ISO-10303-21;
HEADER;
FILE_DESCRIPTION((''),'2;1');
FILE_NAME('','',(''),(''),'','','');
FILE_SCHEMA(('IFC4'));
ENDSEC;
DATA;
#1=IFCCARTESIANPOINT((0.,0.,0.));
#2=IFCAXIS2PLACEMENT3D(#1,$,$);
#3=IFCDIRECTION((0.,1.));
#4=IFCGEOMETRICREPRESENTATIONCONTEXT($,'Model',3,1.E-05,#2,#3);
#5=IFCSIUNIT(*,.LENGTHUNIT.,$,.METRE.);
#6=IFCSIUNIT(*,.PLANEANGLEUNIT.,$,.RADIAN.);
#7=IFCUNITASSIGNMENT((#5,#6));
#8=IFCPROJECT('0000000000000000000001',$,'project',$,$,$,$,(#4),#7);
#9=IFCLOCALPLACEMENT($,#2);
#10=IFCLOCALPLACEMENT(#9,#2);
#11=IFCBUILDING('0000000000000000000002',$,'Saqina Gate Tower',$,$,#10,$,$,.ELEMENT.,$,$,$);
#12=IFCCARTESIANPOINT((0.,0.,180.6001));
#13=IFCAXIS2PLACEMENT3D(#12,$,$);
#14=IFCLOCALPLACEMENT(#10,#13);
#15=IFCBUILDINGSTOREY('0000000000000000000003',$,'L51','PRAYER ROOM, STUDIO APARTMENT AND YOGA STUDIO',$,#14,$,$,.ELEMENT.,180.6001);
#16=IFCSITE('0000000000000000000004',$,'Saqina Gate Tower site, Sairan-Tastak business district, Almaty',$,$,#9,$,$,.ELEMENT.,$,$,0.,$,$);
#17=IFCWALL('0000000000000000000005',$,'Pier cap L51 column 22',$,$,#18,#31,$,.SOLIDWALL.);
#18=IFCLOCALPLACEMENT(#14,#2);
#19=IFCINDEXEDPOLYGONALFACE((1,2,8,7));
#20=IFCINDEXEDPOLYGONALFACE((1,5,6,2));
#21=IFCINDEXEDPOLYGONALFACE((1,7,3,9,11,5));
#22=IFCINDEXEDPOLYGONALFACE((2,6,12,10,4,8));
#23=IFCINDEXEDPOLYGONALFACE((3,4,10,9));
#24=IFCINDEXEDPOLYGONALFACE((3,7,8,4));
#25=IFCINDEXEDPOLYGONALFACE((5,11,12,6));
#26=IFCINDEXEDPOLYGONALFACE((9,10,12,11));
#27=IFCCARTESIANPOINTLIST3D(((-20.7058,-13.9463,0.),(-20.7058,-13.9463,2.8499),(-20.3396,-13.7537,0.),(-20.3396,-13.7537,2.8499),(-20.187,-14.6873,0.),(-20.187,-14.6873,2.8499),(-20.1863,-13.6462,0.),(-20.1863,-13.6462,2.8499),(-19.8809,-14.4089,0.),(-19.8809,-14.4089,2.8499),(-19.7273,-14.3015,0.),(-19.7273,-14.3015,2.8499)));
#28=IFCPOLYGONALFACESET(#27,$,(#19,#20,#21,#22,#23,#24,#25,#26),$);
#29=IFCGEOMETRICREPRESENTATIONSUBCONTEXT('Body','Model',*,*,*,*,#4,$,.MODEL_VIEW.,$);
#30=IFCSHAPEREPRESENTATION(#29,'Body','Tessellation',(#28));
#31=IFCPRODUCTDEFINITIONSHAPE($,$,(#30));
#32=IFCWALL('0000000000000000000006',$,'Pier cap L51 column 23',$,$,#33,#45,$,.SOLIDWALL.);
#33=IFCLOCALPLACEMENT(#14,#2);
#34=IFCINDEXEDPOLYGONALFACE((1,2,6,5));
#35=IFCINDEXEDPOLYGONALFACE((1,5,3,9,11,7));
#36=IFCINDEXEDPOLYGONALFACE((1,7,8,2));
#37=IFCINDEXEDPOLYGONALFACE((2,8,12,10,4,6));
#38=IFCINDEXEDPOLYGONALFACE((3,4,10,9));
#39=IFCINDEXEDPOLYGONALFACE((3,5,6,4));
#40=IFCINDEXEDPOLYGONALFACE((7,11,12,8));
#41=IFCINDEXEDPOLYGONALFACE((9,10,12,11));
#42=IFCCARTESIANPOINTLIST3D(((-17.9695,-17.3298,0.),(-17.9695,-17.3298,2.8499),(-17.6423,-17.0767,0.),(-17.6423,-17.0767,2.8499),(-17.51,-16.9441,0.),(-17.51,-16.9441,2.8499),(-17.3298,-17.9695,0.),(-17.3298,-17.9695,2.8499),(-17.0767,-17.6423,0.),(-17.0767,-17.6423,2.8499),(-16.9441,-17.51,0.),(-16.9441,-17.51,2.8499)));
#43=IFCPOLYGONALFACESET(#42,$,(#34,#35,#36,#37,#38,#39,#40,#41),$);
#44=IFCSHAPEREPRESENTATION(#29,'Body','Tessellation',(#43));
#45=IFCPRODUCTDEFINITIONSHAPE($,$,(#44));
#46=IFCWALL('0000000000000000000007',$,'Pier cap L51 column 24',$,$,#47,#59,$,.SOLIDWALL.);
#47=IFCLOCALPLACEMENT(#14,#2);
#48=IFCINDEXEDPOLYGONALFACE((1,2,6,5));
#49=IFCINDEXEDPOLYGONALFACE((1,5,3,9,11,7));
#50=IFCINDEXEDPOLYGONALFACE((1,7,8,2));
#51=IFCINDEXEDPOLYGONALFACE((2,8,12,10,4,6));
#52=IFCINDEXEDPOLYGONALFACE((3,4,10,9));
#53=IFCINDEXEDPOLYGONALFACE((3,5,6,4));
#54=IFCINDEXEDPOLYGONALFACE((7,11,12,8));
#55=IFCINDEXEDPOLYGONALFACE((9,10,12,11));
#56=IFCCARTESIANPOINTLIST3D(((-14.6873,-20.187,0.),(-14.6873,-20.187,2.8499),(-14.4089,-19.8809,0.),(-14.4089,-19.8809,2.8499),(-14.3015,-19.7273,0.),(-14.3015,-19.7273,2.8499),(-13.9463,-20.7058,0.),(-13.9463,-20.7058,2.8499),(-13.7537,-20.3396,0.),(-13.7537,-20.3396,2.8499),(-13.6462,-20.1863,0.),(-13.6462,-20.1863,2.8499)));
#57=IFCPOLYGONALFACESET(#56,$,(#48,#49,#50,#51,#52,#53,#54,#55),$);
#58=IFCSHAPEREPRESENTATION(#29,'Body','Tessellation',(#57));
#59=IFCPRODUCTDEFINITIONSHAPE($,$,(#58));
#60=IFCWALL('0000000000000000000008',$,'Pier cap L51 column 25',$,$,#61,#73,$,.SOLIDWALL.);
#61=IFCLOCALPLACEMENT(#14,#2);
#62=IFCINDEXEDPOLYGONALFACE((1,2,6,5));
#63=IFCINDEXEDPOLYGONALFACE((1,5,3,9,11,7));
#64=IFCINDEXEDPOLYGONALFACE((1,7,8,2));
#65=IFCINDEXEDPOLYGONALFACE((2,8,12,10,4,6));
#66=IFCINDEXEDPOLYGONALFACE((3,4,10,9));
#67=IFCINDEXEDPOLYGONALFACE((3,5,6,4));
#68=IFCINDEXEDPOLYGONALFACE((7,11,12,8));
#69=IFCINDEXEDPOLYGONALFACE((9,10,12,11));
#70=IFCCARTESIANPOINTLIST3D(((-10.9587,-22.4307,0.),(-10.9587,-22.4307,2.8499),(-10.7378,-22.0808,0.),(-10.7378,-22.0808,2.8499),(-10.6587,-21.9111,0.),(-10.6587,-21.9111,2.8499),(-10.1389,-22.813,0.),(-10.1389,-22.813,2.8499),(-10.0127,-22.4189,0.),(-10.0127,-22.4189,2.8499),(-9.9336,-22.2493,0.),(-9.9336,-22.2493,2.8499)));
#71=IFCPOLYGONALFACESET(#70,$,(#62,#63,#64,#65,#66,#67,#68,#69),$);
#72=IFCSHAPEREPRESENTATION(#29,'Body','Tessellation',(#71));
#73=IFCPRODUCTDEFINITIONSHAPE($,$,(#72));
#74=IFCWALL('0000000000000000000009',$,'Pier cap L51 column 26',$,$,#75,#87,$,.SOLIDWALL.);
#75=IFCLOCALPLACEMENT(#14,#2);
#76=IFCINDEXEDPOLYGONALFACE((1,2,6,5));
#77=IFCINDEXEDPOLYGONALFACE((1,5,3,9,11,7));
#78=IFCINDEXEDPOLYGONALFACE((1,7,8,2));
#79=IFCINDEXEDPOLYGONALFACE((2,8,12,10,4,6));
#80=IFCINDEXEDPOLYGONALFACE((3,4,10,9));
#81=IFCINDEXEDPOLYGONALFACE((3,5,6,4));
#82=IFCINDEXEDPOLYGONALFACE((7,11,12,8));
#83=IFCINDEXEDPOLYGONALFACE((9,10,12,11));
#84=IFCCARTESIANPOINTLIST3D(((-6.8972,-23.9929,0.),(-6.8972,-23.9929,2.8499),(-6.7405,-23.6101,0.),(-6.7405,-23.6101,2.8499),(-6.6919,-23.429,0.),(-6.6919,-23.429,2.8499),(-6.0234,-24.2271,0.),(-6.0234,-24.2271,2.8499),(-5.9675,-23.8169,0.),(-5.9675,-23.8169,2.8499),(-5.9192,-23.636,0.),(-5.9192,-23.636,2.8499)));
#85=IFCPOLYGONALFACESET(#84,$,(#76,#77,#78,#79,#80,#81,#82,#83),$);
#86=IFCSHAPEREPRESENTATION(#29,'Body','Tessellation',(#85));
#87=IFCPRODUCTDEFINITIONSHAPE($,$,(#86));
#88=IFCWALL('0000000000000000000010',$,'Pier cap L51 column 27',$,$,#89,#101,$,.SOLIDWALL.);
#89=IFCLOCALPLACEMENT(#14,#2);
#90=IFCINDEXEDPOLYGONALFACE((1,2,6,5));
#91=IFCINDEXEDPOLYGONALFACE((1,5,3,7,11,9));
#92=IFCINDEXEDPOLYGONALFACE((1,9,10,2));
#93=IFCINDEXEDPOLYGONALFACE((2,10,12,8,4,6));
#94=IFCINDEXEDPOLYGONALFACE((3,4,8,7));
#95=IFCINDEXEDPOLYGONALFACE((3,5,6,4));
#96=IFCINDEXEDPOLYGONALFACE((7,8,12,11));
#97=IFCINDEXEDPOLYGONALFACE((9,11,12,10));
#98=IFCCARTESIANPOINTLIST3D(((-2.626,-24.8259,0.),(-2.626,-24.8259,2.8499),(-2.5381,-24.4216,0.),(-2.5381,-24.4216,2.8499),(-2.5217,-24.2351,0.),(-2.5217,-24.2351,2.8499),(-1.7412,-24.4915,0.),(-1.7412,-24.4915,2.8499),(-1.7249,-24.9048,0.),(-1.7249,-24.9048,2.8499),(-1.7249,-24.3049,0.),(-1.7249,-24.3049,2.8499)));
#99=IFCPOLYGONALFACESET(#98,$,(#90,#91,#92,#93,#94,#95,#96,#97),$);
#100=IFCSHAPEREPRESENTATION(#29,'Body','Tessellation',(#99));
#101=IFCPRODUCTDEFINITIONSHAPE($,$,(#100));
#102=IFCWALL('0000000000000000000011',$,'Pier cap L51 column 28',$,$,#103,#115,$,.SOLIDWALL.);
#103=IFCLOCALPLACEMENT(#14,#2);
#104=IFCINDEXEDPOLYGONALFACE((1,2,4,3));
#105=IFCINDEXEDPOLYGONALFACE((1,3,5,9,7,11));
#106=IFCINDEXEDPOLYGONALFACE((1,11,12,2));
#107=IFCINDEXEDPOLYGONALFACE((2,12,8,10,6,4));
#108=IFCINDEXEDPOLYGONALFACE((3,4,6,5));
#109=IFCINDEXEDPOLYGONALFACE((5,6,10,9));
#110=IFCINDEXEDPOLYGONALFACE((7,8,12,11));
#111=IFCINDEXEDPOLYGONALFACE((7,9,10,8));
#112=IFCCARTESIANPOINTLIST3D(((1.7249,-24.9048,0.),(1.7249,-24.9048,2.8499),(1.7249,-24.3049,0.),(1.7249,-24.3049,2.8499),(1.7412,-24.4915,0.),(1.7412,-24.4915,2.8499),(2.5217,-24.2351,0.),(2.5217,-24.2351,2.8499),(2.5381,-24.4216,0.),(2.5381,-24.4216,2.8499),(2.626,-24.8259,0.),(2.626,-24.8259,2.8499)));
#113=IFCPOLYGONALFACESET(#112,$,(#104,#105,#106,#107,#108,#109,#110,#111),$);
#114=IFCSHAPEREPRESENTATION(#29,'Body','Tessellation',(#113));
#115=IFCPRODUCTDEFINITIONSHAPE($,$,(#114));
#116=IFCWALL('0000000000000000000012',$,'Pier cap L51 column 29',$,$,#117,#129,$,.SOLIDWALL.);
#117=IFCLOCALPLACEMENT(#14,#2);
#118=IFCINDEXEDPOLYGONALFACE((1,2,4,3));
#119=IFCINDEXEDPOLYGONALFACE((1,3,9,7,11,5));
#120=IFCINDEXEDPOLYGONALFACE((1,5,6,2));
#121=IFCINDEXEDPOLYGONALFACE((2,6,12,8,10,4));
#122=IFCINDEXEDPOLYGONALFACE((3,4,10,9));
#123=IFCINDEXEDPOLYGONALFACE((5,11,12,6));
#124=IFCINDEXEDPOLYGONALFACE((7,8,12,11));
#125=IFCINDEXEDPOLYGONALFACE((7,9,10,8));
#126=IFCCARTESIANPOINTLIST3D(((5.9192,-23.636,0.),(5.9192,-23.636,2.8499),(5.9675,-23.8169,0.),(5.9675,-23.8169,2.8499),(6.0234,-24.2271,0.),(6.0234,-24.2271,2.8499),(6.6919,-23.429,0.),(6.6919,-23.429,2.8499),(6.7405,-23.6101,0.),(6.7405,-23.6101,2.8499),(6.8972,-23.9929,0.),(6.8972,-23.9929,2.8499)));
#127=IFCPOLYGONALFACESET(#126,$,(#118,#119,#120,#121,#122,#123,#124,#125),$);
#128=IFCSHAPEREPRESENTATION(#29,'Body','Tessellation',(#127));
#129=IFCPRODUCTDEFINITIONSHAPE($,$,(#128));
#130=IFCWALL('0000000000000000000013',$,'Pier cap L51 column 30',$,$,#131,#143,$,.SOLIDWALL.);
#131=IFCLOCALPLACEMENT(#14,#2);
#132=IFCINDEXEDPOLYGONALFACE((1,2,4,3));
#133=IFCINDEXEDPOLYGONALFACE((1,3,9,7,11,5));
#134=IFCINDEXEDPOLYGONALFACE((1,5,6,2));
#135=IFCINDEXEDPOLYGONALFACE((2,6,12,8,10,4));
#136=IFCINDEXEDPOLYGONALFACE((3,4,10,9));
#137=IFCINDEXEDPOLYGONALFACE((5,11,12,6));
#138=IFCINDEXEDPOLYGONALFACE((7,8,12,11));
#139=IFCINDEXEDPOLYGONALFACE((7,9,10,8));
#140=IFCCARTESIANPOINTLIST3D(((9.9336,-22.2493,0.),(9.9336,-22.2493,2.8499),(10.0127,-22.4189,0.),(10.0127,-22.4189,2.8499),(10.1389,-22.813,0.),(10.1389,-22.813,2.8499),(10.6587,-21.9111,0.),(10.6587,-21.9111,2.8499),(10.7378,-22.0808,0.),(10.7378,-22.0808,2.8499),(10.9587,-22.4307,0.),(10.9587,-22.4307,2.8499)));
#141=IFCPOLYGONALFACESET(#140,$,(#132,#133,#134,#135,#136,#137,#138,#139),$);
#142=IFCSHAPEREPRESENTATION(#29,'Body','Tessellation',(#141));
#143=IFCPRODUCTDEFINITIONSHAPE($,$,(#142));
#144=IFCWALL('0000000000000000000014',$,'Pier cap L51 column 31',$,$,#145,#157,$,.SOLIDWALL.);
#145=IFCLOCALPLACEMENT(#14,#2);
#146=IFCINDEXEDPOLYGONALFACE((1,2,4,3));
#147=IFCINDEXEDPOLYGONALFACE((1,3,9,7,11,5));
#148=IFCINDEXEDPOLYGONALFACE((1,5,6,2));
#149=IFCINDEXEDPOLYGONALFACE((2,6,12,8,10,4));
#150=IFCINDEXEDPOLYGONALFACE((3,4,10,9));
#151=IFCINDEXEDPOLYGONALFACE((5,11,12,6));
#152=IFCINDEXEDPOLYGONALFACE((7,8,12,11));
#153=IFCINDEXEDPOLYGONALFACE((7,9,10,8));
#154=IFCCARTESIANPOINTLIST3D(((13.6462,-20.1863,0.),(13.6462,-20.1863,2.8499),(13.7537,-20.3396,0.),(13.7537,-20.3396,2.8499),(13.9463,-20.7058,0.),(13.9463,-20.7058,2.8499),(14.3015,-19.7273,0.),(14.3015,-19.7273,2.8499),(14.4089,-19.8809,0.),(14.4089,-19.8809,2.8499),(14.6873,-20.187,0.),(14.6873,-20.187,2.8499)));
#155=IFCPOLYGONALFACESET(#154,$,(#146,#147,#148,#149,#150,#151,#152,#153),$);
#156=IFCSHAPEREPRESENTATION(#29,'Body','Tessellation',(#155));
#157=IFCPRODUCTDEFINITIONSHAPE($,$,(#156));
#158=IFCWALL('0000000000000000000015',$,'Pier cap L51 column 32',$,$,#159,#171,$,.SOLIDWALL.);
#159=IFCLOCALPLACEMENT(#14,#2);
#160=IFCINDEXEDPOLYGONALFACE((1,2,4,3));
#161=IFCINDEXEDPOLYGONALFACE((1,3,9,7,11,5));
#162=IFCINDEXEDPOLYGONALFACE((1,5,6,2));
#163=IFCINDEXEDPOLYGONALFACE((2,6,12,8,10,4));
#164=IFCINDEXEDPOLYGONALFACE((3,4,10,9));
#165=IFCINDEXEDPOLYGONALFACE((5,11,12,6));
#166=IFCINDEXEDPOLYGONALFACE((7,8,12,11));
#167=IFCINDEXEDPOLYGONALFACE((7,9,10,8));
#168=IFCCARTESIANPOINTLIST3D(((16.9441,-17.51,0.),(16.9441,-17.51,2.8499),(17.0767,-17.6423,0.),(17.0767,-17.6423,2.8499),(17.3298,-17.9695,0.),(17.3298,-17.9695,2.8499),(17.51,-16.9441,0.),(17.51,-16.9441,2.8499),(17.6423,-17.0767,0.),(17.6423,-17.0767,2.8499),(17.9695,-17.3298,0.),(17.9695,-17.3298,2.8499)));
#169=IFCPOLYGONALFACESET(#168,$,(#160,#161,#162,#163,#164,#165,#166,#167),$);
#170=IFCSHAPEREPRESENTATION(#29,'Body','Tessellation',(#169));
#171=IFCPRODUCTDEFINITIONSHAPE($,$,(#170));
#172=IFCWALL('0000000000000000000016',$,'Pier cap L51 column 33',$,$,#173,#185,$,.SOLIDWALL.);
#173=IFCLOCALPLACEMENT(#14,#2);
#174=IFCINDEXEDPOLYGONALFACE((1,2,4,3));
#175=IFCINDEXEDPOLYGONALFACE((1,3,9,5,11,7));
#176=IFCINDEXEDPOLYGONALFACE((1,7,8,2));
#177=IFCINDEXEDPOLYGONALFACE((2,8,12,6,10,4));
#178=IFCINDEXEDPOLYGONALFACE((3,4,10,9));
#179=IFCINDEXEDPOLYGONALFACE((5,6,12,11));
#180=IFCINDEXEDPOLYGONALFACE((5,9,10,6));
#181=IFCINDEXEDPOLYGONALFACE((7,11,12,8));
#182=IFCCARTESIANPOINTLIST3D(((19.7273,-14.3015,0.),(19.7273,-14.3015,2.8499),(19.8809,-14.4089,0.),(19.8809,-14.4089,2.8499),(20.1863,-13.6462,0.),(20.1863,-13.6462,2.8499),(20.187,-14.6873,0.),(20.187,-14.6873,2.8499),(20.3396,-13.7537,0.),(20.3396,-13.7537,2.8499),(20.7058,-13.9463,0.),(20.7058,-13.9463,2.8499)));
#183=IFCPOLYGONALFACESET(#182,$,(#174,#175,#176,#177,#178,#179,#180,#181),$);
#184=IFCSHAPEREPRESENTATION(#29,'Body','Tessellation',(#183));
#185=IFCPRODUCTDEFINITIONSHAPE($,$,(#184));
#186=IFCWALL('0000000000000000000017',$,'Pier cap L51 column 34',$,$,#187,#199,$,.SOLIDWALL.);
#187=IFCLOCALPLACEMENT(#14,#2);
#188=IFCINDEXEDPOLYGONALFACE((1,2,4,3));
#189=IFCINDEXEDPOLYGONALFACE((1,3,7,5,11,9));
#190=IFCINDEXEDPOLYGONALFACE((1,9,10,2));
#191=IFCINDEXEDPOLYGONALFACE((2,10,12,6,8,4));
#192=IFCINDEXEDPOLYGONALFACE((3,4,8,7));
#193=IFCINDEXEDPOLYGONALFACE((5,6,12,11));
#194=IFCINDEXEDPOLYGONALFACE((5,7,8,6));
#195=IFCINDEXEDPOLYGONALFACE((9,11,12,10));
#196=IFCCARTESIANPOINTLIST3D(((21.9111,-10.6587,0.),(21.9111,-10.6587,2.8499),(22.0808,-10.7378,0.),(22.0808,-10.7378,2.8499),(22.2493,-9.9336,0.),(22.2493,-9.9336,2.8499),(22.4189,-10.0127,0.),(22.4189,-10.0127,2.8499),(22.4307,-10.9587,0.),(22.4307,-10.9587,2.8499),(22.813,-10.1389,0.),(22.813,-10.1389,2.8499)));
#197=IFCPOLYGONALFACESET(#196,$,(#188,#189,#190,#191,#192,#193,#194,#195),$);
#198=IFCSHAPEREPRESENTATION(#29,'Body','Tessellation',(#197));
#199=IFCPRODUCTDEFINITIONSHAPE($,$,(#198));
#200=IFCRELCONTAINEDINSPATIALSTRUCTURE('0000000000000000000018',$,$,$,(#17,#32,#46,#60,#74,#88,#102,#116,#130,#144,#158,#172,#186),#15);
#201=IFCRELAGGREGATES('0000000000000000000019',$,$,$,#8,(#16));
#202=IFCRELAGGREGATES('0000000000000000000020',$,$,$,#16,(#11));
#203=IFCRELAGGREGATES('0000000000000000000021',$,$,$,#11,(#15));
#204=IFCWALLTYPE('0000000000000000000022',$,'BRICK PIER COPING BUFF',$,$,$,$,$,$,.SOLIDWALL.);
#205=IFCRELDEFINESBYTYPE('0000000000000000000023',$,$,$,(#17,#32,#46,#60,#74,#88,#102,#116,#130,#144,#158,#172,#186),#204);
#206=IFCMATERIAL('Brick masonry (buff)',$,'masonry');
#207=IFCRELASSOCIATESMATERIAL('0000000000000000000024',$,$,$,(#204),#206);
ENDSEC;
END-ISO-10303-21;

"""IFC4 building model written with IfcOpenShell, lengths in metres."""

from ifc_helpers import new_model, si_unit, direction, frame, origin, place, context, subcontext, project, spatial, polyline, outline, extrude, material, type_object, element, save


model = new_model("IFC4")

# Units and contexts
model_context = context("Model", 3, precision=1e-05, world=origin(), true_north=direction((0.0, 1.0)))
body_context = subcontext(model_context, "Body", "Model", "MODEL_VIEW")
ifc_project = project(units=[si_unit("LENGTHUNIT", "METRE"), si_unit("PLANEANGLEUNIT", "RADIAN")], contexts=[model_context])

# Site, building, storey
site_placement = place(None, origin())
site = spatial("IfcSite", under=ifc_project, at=site_placement, Name="Saqina Gate Tower site, Sairan-Tastak business district, Almaty", CompositionType="ELEMENT", RefElevation=0.0)
building_placement = place(site_placement, origin())
building = spatial("IfcBuilding", under=site, at=building_placement, Name="Saqina Gate Tower", CompositionType="ELEMENT")
storey_placement = place(building_placement, frame((0.0, 0.0, 180.6001)))
storey = spatial("IfcBuildingStorey", under=building, at=storey_placement, Name="L51", Description="PRAYER ROOM, STUDIO APARTMENT AND YOGA STUDIO", CompositionType="ELEMENT", Elevation=180.6001)

# Walls
ifc_material_1 = material(Name="Brick masonry (buff)", Category="masonry")
wall_type_1 = type_object("IfcWallType", Name="BRICK PIER COPING BUFF", PredefinedType="SOLIDWALL", material=ifc_material_1)
wall_1_placement = place(storey_placement, origin())
element("IfcWall", 1, at=wall_1_placement, inside=storey, type_object=wall_type_1, Name="Pier cap L51 column 22", PredefinedType="SOLIDWALL", context=body_context, shape_type="SweptSolid", body=[
    extrude(outline(polyline([(-20.7058, -13.9463), (-20.187, -14.6873), (-19.7273, -14.3015), (-19.8809, -14.4089), (-20.3396, -13.7537), (-20.1863, -13.6462), (-20.7058, -13.9463)])), origin(), (0.0, 0.0, 1.0), 2.8499),
])
wall_2_placement = place(storey_placement, origin())
element("IfcWall", 2, at=wall_2_placement, inside=storey, type_object=wall_type_1, Name="Pier cap L51 column 23", PredefinedType="SOLIDWALL", context=body_context, shape_type="SweptSolid", body=[
    extrude(outline(polyline([(-17.3298, -17.9695), (-16.9441, -17.51), (-17.0767, -17.6423), (-17.6423, -17.0767), (-17.51, -16.9441), (-17.9695, -17.3298), (-17.3298, -17.9695)])), origin(), (0.0, 0.0, 1.0), 2.8499),
])
wall_3_placement = place(storey_placement, origin())
element("IfcWall", 3, at=wall_3_placement, inside=storey, type_object=wall_type_1, Name="Pier cap L51 column 24", PredefinedType="SOLIDWALL", context=body_context, shape_type="SweptSolid", body=[
    extrude(outline(polyline([(-14.6873, -20.187), (-13.9463, -20.7058), (-13.6462, -20.1863), (-13.7537, -20.3396), (-14.4089, -19.8809), (-14.3015, -19.7273), (-14.6873, -20.187)])), origin(), (0.0, 0.0, 1.0), 2.8499),
])
wall_4_placement = place(storey_placement, origin())
element("IfcWall", 4, at=wall_4_placement, inside=storey, type_object=wall_type_1, Name="Pier cap L51 column 25", PredefinedType="SOLIDWALL", context=body_context, shape_type="SweptSolid", body=[
    extrude(outline(polyline([(-10.1389, -22.813), (-9.9336, -22.2493), (-10.0127, -22.4189), (-10.7378, -22.0808), (-10.6587, -21.9111), (-10.9587, -22.4307), (-10.1389, -22.813)])), origin(), (0.0, 0.0, 1.0), 2.8499),
])
wall_5_placement = place(storey_placement, origin())
element("IfcWall", 5, at=wall_5_placement, inside=storey, type_object=wall_type_1, Name="Pier cap L51 column 26", PredefinedType="SOLIDWALL", context=body_context, shape_type="SweptSolid", body=[
    extrude(outline(polyline([(-6.0234, -24.2271), (-5.9192, -23.636), (-5.9675, -23.8169), (-6.7405, -23.6101), (-6.6919, -23.429), (-6.8972, -23.9929), (-6.0234, -24.2271)])), origin(), (0.0, 0.0, 1.0), 2.8499),
])
wall_6_placement = place(storey_placement, origin())
element("IfcWall", 6, at=wall_6_placement, inside=storey, type_object=wall_type_1, Name="Pier cap L51 column 27", PredefinedType="SOLIDWALL", context=body_context, shape_type="SweptSolid", body=[
    extrude(outline(polyline([(-2.626, -24.8259), (-1.7249, -24.9048), (-1.7249, -24.3049), (-1.7412, -24.4915), (-2.5381, -24.4216), (-2.5217, -24.2351), (-2.626, -24.8259)])), origin(), (0.0, 0.0, 1.0), 2.8499),
])
wall_7_placement = place(storey_placement, origin())
element("IfcWall", 7, at=wall_7_placement, inside=storey, type_object=wall_type_1, Name="Pier cap L51 column 28", PredefinedType="SOLIDWALL", context=body_context, shape_type="SweptSolid", body=[
    extrude(outline(polyline([(1.7249, -24.9048), (2.626, -24.8259), (2.5217, -24.2351), (2.5381, -24.4216), (1.7412, -24.4915), (1.7249, -24.3049), (1.7249, -24.9048)])), origin(), (0.0, 0.0, 1.0), 2.8499),
])
wall_8_placement = place(storey_placement, origin())
element("IfcWall", 8, at=wall_8_placement, inside=storey, type_object=wall_type_1, Name="Pier cap L51 column 29", PredefinedType="SOLIDWALL", context=body_context, shape_type="SweptSolid", body=[
    extrude(outline(polyline([(6.0234, -24.2271), (6.8972, -23.9929), (6.6919, -23.429), (6.7405, -23.6101), (5.9675, -23.8169), (5.9192, -23.636), (6.0234, -24.2271)])), origin(), (0.0, 0.0, 1.0), 2.8499),
])
wall_9_placement = place(storey_placement, origin())
element("IfcWall", 9, at=wall_9_placement, inside=storey, type_object=wall_type_1, Name="Pier cap L51 column 30", PredefinedType="SOLIDWALL", context=body_context, shape_type="SweptSolid", body=[
    extrude(outline(polyline([(10.9587, -22.4307), (10.6587, -21.9111), (10.7378, -22.0808), (10.0127, -22.4189), (9.9336, -22.2493), (10.1389, -22.813), (10.9587, -22.4307)])), origin(), (0.0, 0.0, 1.0), 2.8499),
])
wall_10_placement = place(storey_placement, origin())
element("IfcWall", 10, at=wall_10_placement, inside=storey, type_object=wall_type_1, Name="Pier cap L51 column 31", PredefinedType="SOLIDWALL", context=body_context, shape_type="SweptSolid", body=[
    extrude(outline(polyline([(13.9463, -20.7058), (14.6873, -20.187), (14.3015, -19.7273), (14.4089, -19.8809), (13.7537, -20.3396), (13.6462, -20.1863), (13.9463, -20.7058)])), origin(), (0.0, 0.0, 1.0), 2.8499),
])
wall_11_placement = place(storey_placement, origin())
element("IfcWall", 11, at=wall_11_placement, inside=storey, type_object=wall_type_1, Name="Pier cap L51 column 32", PredefinedType="SOLIDWALL", context=body_context, shape_type="SweptSolid", body=[
    extrude(outline(polyline([(17.9695, -17.3298), (17.51, -16.9441), (17.6423, -17.0767), (17.0767, -17.6423), (16.9441, -17.51), (17.3298, -17.9695), (17.9695, -17.3298)])), origin(), (0.0, 0.0, 1.0), 2.8499),
])
wall_12_placement = place(storey_placement, origin())
element("IfcWall", 12, at=wall_12_placement, inside=storey, type_object=wall_type_1, Name="Pier cap L51 column 33", PredefinedType="SOLIDWALL", context=body_context, shape_type="SweptSolid", body=[
    extrude(outline(polyline([(20.187, -14.6873), (20.7058, -13.9463), (20.1863, -13.6462), (20.3396, -13.7537), (19.8809, -14.4089), (19.7273, -14.3015), (20.187, -14.6873)])), origin(), (0.0, 0.0, 1.0), 2.8499),
])
wall_13_placement = place(storey_placement, origin())
element("IfcWall", 13, at=wall_13_placement, inside=storey, type_object=wall_type_1, Name="Pier cap L51 column 34", PredefinedType="SOLIDWALL", context=body_context, shape_type="SweptSolid", body=[
    extrude(outline(polyline([(22.813, -10.1389), (22.2493, -9.9336), (22.4189, -10.0127), (22.0808, -10.7378), (21.9111, -10.6587), (22.4307, -10.9587), (22.813, -10.1389)])), origin(), (0.0, 0.0, 1.0), 2.8499),
])

save(model, "model.ifc")
